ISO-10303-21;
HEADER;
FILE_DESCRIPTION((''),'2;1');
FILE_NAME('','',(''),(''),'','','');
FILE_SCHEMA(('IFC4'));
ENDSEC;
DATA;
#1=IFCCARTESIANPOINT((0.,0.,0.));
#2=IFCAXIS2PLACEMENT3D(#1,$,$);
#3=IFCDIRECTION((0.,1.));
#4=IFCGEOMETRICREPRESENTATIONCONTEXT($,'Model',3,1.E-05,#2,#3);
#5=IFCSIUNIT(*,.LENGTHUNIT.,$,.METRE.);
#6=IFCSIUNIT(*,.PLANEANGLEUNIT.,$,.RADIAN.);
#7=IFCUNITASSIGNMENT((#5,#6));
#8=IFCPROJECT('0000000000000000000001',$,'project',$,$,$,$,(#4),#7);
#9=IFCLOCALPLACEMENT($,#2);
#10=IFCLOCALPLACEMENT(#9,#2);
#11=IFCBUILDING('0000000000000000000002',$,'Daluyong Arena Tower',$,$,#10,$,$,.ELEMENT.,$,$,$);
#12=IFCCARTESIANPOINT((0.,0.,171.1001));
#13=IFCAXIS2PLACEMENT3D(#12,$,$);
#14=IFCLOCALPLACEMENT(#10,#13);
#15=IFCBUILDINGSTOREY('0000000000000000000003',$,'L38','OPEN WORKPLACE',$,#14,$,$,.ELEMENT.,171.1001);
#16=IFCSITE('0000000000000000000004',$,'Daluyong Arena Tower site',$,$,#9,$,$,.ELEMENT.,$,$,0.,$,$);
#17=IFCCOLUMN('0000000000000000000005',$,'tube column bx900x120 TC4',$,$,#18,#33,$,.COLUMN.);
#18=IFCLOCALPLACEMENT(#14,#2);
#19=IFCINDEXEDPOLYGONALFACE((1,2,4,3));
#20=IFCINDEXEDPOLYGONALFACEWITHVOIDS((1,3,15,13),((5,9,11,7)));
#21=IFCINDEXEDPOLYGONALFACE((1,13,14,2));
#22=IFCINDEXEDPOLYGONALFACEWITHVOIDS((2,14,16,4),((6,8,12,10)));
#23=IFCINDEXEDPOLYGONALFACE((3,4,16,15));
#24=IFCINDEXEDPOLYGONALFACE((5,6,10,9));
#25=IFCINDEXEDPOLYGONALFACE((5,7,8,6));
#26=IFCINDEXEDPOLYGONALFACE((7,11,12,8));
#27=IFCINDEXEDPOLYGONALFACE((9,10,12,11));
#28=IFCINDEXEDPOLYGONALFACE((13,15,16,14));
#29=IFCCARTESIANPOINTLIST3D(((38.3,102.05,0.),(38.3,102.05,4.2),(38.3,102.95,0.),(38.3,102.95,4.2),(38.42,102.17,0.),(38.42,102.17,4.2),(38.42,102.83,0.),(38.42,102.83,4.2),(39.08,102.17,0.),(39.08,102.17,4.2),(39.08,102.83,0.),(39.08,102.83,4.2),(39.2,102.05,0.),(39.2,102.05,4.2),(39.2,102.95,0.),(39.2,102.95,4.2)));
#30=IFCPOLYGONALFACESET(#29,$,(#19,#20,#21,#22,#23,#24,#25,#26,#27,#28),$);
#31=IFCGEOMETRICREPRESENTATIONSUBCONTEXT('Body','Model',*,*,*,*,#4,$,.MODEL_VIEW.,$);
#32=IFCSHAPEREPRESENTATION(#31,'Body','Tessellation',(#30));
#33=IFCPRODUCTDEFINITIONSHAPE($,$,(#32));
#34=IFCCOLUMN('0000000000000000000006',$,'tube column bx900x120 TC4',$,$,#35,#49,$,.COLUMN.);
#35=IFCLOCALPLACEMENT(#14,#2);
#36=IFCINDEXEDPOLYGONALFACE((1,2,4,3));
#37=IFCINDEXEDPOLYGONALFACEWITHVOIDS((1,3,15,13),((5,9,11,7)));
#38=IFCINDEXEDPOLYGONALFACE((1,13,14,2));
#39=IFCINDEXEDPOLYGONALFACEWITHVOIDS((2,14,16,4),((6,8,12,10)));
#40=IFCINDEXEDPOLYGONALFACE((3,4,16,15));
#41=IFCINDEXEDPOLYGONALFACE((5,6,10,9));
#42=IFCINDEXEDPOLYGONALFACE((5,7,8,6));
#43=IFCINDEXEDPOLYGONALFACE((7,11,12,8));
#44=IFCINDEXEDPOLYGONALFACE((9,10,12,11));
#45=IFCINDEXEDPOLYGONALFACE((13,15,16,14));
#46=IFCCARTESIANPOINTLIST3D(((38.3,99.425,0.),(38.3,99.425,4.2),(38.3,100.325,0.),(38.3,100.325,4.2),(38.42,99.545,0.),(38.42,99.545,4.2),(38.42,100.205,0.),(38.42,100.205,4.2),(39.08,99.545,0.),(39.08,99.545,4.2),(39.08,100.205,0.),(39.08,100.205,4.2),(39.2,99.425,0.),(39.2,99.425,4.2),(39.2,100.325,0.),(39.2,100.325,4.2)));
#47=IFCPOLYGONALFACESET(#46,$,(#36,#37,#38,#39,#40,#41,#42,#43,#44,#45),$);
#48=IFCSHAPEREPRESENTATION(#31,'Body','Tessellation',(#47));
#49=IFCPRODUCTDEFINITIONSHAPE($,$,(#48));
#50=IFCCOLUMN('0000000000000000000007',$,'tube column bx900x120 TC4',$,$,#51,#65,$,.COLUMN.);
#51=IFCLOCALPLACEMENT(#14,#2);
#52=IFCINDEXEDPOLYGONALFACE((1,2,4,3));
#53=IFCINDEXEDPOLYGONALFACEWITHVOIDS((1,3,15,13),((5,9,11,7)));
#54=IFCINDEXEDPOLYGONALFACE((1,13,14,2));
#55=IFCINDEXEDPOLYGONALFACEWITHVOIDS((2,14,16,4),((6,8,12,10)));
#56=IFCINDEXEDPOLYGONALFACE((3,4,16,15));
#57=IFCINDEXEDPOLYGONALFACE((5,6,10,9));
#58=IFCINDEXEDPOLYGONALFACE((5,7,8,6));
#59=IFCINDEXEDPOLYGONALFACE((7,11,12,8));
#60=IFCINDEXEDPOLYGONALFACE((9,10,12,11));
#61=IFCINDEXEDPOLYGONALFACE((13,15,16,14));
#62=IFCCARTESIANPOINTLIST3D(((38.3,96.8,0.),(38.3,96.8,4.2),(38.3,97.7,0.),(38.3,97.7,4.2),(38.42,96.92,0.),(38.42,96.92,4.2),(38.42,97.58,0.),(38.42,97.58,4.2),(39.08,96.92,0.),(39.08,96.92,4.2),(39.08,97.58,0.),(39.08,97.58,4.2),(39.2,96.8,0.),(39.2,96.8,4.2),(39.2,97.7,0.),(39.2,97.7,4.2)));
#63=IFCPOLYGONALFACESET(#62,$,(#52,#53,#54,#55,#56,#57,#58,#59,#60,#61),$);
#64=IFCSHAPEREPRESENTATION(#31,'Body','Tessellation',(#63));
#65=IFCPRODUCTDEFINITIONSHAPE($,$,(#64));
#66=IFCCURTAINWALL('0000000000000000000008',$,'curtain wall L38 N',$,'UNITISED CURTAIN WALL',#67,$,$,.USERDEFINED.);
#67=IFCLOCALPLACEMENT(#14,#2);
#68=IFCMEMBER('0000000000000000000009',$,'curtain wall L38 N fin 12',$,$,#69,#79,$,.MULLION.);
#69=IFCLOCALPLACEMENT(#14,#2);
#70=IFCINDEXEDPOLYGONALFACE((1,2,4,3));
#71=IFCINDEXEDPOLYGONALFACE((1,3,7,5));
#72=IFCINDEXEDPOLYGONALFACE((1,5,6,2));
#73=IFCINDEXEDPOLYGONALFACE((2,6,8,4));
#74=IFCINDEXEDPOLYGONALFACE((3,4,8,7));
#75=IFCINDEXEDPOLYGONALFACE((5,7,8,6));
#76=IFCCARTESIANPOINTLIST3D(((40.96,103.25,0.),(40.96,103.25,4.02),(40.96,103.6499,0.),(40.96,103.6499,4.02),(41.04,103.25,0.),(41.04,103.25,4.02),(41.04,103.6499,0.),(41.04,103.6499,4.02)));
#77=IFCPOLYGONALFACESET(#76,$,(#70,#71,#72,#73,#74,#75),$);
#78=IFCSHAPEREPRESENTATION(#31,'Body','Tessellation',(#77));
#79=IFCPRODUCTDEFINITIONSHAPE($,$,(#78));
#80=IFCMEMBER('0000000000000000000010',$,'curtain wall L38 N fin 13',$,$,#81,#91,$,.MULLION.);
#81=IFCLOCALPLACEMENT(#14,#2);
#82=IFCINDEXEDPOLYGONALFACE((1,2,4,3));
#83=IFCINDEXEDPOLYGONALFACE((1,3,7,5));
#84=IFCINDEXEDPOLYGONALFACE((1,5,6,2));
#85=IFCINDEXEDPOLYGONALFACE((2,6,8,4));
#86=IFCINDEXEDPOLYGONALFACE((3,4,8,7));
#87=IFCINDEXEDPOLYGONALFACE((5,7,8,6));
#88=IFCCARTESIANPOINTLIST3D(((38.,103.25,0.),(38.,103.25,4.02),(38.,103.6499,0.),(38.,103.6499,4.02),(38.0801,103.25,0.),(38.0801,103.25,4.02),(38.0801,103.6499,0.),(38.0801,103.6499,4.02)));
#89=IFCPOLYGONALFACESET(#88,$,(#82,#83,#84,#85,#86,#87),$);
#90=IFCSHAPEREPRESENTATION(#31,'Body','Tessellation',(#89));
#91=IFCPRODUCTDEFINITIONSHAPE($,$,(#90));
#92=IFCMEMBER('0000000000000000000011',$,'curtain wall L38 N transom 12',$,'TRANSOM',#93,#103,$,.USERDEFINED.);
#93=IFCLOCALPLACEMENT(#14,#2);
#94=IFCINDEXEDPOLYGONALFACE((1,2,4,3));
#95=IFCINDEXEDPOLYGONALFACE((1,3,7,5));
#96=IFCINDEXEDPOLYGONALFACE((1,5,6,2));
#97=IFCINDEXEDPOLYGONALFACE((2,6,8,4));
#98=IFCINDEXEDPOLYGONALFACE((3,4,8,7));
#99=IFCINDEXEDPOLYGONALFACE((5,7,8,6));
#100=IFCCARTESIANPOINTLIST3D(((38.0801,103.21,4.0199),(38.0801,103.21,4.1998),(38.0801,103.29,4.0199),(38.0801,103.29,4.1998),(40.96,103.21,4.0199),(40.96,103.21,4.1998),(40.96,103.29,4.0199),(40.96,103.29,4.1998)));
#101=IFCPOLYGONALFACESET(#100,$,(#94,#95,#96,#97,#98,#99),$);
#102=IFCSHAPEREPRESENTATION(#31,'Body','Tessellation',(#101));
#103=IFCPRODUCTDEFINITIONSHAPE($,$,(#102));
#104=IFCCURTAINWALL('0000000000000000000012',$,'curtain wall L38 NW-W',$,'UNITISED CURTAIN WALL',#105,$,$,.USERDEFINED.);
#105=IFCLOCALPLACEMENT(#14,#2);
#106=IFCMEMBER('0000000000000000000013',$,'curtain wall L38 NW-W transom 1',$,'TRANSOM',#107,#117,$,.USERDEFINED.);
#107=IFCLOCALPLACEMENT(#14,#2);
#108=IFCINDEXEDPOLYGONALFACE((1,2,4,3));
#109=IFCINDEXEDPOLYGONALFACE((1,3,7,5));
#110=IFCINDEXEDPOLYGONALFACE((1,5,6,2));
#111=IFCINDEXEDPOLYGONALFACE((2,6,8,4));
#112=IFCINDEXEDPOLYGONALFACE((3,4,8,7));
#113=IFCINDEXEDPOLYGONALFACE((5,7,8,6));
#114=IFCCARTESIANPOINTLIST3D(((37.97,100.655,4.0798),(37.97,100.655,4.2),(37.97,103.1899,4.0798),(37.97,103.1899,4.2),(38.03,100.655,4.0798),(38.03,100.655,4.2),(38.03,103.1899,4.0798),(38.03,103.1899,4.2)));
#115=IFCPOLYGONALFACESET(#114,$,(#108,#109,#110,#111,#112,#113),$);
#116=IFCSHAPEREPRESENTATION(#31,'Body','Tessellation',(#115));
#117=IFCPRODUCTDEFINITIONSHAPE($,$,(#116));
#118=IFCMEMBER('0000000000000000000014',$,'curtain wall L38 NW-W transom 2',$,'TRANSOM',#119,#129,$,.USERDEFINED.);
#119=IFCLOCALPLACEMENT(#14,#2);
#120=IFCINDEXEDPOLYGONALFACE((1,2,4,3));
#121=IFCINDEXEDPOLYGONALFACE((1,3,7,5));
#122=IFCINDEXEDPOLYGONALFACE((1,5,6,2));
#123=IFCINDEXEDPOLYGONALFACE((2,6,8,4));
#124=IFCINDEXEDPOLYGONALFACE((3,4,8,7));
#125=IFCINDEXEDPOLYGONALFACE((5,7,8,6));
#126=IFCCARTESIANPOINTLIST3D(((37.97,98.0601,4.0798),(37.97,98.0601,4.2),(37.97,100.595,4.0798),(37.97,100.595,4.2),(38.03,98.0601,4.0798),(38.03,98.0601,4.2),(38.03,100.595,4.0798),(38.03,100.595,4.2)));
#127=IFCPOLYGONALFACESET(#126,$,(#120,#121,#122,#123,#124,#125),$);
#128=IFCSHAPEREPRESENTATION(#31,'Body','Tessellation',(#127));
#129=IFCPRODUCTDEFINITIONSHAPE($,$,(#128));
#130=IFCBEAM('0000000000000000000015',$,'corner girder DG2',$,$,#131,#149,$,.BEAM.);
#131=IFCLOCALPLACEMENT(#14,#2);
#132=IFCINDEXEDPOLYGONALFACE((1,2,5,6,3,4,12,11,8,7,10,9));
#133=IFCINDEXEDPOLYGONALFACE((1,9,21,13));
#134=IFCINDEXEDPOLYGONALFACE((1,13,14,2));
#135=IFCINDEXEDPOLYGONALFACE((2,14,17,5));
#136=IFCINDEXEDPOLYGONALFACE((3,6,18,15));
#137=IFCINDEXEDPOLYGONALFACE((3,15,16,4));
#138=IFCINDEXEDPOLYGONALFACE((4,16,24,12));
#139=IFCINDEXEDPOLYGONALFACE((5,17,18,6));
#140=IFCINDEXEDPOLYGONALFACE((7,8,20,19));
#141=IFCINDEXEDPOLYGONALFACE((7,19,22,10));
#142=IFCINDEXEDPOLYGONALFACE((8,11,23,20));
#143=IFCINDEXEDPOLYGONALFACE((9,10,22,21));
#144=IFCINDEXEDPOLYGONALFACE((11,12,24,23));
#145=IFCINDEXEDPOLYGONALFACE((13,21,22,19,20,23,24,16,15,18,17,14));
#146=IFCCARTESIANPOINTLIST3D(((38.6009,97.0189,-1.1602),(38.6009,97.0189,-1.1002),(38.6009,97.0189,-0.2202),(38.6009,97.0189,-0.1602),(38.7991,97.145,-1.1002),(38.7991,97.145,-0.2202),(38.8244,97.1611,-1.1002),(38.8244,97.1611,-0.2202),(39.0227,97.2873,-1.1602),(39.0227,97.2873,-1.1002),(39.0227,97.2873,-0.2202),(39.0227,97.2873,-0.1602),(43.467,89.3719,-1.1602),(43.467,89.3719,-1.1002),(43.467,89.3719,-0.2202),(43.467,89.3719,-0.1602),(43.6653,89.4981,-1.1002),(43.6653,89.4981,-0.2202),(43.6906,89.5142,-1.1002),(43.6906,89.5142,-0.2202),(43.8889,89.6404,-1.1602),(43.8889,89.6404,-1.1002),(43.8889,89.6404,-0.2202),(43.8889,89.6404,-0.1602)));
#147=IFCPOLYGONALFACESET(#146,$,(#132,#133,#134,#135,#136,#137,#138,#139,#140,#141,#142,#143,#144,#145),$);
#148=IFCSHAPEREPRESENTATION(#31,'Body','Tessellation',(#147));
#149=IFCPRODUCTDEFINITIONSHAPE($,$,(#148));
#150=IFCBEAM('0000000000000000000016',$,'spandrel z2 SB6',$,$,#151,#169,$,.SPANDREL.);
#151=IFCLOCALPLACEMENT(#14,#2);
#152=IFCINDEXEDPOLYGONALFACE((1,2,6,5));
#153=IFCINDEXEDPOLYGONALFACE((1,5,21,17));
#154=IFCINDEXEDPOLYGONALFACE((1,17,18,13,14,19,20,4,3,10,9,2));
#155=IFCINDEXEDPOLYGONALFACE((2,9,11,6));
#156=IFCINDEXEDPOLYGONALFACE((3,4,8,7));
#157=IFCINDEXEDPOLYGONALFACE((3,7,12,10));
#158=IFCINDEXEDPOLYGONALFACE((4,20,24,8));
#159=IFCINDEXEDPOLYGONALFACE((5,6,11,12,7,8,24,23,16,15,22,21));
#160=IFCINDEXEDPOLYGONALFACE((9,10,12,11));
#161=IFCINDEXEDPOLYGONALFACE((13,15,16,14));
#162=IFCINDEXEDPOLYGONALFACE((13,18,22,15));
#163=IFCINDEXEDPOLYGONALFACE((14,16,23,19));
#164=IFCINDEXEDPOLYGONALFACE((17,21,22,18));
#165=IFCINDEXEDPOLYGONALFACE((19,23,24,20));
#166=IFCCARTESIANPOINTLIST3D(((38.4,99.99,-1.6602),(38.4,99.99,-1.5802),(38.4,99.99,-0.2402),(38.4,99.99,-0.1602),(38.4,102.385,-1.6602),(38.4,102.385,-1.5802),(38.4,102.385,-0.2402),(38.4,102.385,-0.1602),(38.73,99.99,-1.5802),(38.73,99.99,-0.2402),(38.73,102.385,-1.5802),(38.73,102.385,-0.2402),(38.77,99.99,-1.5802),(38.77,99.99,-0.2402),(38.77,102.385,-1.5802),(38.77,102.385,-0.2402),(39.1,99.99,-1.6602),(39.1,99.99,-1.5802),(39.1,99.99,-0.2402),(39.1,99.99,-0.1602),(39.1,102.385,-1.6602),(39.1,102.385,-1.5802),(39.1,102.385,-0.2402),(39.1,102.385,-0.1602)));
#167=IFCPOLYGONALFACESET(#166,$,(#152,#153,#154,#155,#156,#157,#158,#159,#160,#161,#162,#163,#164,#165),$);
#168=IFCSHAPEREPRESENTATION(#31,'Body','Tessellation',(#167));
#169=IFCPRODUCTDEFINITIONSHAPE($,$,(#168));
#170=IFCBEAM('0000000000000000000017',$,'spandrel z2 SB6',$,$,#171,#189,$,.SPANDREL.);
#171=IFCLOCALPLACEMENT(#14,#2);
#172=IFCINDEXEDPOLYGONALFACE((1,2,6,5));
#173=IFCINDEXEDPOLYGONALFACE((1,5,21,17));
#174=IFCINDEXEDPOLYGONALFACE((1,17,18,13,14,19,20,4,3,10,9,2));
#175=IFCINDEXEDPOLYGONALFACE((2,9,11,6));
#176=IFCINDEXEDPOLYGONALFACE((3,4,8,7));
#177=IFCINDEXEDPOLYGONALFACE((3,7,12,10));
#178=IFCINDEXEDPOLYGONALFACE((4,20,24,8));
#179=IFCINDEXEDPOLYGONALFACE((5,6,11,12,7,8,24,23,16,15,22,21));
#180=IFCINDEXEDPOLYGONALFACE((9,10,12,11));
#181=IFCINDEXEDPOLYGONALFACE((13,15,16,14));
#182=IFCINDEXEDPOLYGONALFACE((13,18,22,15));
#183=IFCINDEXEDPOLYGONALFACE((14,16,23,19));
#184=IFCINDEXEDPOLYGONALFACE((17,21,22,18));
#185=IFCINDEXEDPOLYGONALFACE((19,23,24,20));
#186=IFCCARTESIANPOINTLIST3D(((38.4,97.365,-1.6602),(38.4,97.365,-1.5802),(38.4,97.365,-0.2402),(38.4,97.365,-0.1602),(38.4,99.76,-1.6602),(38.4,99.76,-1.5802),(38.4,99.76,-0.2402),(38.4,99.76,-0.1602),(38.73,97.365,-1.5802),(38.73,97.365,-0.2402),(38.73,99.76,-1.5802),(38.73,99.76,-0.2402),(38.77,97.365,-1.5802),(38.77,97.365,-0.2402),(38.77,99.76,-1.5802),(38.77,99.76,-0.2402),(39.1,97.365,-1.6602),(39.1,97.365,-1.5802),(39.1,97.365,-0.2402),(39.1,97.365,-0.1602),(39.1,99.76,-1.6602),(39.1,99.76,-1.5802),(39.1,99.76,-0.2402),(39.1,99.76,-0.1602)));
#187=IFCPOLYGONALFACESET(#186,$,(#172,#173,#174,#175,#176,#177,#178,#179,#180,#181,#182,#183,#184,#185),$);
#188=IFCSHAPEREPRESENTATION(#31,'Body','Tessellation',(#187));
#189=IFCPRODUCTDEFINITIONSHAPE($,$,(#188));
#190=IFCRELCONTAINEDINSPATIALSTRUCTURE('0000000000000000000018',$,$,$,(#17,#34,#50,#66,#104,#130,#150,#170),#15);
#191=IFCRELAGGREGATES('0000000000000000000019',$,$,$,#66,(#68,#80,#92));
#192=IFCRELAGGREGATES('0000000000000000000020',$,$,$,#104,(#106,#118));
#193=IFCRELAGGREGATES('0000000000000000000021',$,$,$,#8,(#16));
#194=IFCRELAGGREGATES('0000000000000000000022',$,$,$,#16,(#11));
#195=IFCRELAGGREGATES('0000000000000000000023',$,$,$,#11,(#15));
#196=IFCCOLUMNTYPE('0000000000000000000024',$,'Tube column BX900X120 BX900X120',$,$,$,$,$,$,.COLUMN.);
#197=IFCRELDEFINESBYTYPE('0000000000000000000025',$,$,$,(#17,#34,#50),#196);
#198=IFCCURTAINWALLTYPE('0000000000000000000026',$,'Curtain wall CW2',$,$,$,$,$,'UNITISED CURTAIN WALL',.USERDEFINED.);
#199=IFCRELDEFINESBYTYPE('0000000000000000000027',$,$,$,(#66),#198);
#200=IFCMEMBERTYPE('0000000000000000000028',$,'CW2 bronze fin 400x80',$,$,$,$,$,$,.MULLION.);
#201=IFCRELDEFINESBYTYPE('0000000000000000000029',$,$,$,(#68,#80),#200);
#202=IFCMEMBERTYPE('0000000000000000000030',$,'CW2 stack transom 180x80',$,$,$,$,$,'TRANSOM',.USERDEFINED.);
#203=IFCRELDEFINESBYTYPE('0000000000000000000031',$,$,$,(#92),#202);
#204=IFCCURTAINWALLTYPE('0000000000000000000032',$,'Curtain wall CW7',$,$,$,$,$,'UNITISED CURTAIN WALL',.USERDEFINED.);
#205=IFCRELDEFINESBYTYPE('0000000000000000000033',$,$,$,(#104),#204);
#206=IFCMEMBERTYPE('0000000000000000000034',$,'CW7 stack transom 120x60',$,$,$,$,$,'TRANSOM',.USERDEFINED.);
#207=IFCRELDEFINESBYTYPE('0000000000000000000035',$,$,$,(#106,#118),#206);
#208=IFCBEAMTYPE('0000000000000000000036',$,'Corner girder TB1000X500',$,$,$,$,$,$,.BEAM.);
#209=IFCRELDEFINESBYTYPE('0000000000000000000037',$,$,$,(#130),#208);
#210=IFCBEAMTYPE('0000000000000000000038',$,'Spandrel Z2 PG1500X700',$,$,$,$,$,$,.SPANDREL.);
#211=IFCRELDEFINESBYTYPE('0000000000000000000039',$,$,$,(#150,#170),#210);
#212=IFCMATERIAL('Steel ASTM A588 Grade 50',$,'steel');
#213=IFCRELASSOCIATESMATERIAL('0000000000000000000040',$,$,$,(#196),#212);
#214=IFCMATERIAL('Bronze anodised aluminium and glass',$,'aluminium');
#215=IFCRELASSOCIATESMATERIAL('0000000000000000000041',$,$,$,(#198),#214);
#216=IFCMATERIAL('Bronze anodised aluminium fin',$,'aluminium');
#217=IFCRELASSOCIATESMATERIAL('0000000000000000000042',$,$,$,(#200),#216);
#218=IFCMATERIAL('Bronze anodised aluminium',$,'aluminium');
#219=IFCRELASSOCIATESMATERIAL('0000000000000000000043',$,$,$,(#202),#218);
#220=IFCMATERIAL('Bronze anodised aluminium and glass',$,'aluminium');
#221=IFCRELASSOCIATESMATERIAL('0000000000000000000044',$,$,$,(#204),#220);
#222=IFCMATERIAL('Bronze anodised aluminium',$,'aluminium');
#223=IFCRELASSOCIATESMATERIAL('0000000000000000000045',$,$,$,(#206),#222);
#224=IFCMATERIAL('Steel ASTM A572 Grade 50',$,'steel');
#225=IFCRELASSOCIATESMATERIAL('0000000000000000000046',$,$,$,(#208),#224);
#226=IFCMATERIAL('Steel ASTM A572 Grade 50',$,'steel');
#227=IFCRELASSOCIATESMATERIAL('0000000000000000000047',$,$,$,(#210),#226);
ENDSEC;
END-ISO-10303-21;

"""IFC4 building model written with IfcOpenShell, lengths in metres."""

from ifc_helpers import new_model, si_unit, direction, frame, origin, origin_2d, place, context, subcontext, project, spatial, rectangle, hollow_rectangle, i_section, extrude, material, material_profile, profile_set, type_object, element, aggregate, save


model = new_model("IFC4")

# Units and contexts
model_context = context("Model", 3, precision=1e-05, world=origin(), true_north=direction((0.0, 1.0)))
body_context = subcontext(model_context, "Body", "Model", "MODEL_VIEW")
ifc_project = project(units=[si_unit("LENGTHUNIT", "METRE"), si_unit("PLANEANGLEUNIT", "RADIAN")], contexts=[model_context])

# Site, building, storey
site_placement = place(None, origin())
site = spatial("IfcSite", under=ifc_project, at=site_placement, Name="Daluyong Arena Tower site", CompositionType="ELEMENT", RefElevation=0.0)
building_placement = place(site_placement, origin())
building = spatial("IfcBuilding", under=site, at=building_placement, Name="Daluyong Arena Tower", CompositionType="ELEMENT")
storey_placement = place(building_placement, frame((0.0, 0.0, 171.1001)))
storey = spatial("IfcBuildingStorey", under=building, at=storey_placement, Name="L38", Description="OPEN WORKPLACE", CompositionType="ELEMENT", Elevation=171.1001)

# Columns
ifc_material_1 = material(Name="Steel ASTM A588 Grade 50", Category="steel")
ifc_material_profile_1 = material_profile(ifc_material_1, hollow_rectangle(XDim=0.8999, YDim=0.8999, WallThickness=0.12, at=origin_2d()))
ifc_profile_set_1 = profile_set([ifc_material_profile_1], Name="Steel ASTM A588 Grade 50")
column_type = type_object("IfcColumnType", Name="Tube column BX900X120 BX900X120", PredefinedType="COLUMN", material=ifc_profile_set_1)
for number, where, z_axis, x_axis, name in (
    (1, (38.75, 102.5, 0.0), (0.0, 0.0, 1.0), (0.0, 1.0, 0.0), "tube column bx900x120 TC4"),
    (2, (38.75, 99.875, 0.0), (0.0, 0.0, 1.0), (0.0, 1.0, 0.0), "tube column bx900x120 TC4"),
    (3, (38.75, 97.25, 0.0), (0.0, 0.0, 1.0), (1.0, 0.0, 0.0), "tube column bx900x120 TC4"),
):
    element("IfcColumn", number, at=place(storey_placement, frame(where, z_axis=z_axis, x_axis=x_axis)), inside=storey, type_object=column_type, Name=name, PredefinedType="COLUMN", context=body_context, shape_type="SweptSolid", body=[
        extrude(hollow_rectangle(XDim=0.8999, YDim=0.8999, WallThickness=0.12, at=origin_2d()), origin(), (0.0, 0.0, 1.0), 4.2),
    ])

# Curtain walls, members
ifc_material_2 = material(Name="Bronze anodised aluminium and glass", Category="aluminium")
curtain_wall_type_1 = type_object("IfcCurtainWallType", Name="Curtain wall CW2", ElementType="UNITISED CURTAIN WALL", PredefinedType="USERDEFINED", material=ifc_material_2)
curtain_wall_1_placement = place(storey_placement, origin())
curtain_wall_1 = element("IfcCurtainWall", 4, at=curtain_wall_1_placement, inside=storey, type_object=curtain_wall_type_1, Name="curtain wall L38 N", ObjectType="UNITISED CURTAIN WALL", PredefinedType="USERDEFINED")
ifc_material_3 = material(Name="Bronze anodised aluminium fin", Category="aluminium")
ifc_material_profile_2 = material_profile(ifc_material_3, rectangle(XDim=0.3999, YDim=0.0801, at=origin_2d()))
ifc_profile_set_2 = profile_set([ifc_material_profile_2], Name="Bronze anodised aluminium fin")
member_type_1 = type_object("IfcMemberType", Name="CW2 bronze fin 400x80", PredefinedType="MULLION", material=ifc_profile_set_2)
member_1_placement = place(storey_placement, frame((41.0, 103.45, 0.0), z_axis=(0.0, 0.0, 1.0), x_axis=(0.0, -1.0, 0.0)))
member_1 = element("IfcMember", 5, at=member_1_placement, type_object=member_type_1, Name="curtain wall L38 N fin 12", PredefinedType="MULLION", context=body_context, shape_type="SweptSolid", body=[
    extrude(rectangle(XDim=0.3999, YDim=0.0801, at=origin_2d()), origin(), (0.0, 0.0, 1.0), 4.02),
])
member_2_placement = place(storey_placement, frame((38.04, 103.45, 0.0), z_axis=(0.0, 0.0, 1.0), x_axis=(0.0, -1.0, 0.0)))
member_2 = element("IfcMember", 6, at=member_2_placement, type_object=member_type_1, Name="curtain wall L38 N fin 13", PredefinedType="MULLION", context=body_context, shape_type="SweptSolid", body=[
    extrude(rectangle(XDim=0.3999, YDim=0.0801, at=origin_2d()), origin(), (0.0, 0.0, 1.0), 4.02),
])
ifc_material_4 = material(Name="Bronze anodised aluminium", Category="aluminium")
ifc_material_profile_3 = material_profile(ifc_material_4, rectangle(XDim=0.0801, YDim=0.1799, at=origin_2d()))
ifc_profile_set_3 = profile_set([ifc_material_profile_3], Name="Bronze anodised aluminium")
member_type_2 = type_object("IfcMemberType", Name="CW2 stack transom 180x80", ElementType="TRANSOM", PredefinedType="USERDEFINED", material=ifc_profile_set_3)
member_3_placement = place(storey_placement, frame((40.96, 103.25, 4.1099), z_axis=(-1.0, 0.0, 0.0), x_axis=(0.0, -1.0, 0.0)))
member_3 = element("IfcMember", 7, at=member_3_placement, type_object=member_type_2, Name="curtain wall L38 N transom 12", ObjectType="TRANSOM", PredefinedType="USERDEFINED", context=body_context, shape_type="SweptSolid", body=[
    extrude(rectangle(XDim=0.0801, YDim=0.1799, at=origin_2d()), origin(), (0.0, 0.0, 1.0), 2.8799),
])
ifc_material_5 = material(Name="Bronze anodised aluminium and glass", Category="aluminium")
curtain_wall_type_2 = type_object("IfcCurtainWallType", Name="Curtain wall CW7", ElementType="UNITISED CURTAIN WALL", PredefinedType="USERDEFINED", material=ifc_material_5)
curtain_wall_2_placement = place(storey_placement, origin())
curtain_wall_2 = element("IfcCurtainWall", 8, at=curtain_wall_2_placement, inside=storey, type_object=curtain_wall_type_2, Name="curtain wall L38 NW-W", ObjectType="UNITISED CURTAIN WALL", PredefinedType="USERDEFINED")
ifc_material_6 = material(Name="Bronze anodised aluminium", Category="aluminium")
ifc_material_profile_4 = material_profile(ifc_material_6, rectangle(XDim=0.0601, YDim=0.1201, at=origin_2d()))
ifc_profile_set_4 = profile_set([ifc_material_profile_4], Name="Bronze anodised aluminium")
member_type_3 = type_object("IfcMemberType", Name="CW7 stack transom 120x60", ElementType="TRANSOM", PredefinedType="USERDEFINED", material=ifc_profile_set_4)
member_4_placement = place(storey_placement, frame((38.0, 103.1899, 4.1399), z_axis=(0.0, -1.0, 0.0), x_axis=(1.0, 0.0, 0.0)))
member_4 = element("IfcMember", 9, at=member_4_placement, type_object=member_type_3, Name="curtain wall L38 NW-W transom 1", ObjectType="TRANSOM", PredefinedType="USERDEFINED", context=body_context, shape_type="SweptSolid", body=[
    extrude(rectangle(XDim=0.0601, YDim=0.1201, at=origin_2d()), origin(), (0.0, 0.0, 1.0), 2.5349),
])
member_5_placement = place(storey_placement, frame((38.0, 100.595, 4.1399), z_axis=(0.0, -1.0, 0.0), x_axis=(1.0, 0.0, 0.0)))
member_5 = element("IfcMember", 10, at=member_5_placement, type_object=member_type_3, Name="curtain wall L38 NW-W transom 2", ObjectType="TRANSOM", PredefinedType="USERDEFINED", context=body_context, shape_type="SweptSolid", body=[
    extrude(rectangle(XDim=0.0601, YDim=0.1201, at=origin_2d()), origin(), (0.0, 0.0, 1.0), 2.5349),
])

# Beams
ifc_material_7 = material(Name="Steel ASTM A572 Grade 50", Category="steel")
ifc_material_profile_5 = material_profile(ifc_material_7, i_section(OverallWidth=0.5, OverallDepth=1.0, WebThickness=0.03, FlangeThickness=0.06, at=origin_2d()))
ifc_profile_set_5 = profile_set([ifc_material_profile_5], Name="Steel ASTM A572 Grade 50")
beam_type_1 = type_object("IfcBeamType", Name="Corner girder TB1000X500", PredefinedType="BEAM", material=ifc_profile_set_5)
beam_placement = place(storey_placement, frame((38.8118, 97.1531, -0.6602), z_axis=(0.536872, -0.843664, 0.0), x_axis=(0.843664, 0.536872, 0.0)))
element("IfcBeam", 11, at=beam_placement, inside=storey, type_object=beam_type_1, Name="corner girder DG2", PredefinedType="BEAM", context=body_context, shape_type="SweptSolid", body=[
    extrude(i_section(OverallWidth=0.5, OverallDepth=1.0, WebThickness=0.03, FlangeThickness=0.06, at=origin_2d()), origin(), (0.0, 0.0, 1.0), 9.064),
])
ifc_material_8 = material(Name="Steel ASTM A572 Grade 50", Category="steel")
ifc_material_profile_6 = material_profile(ifc_material_8, i_section(OverallWidth=0.7, OverallDepth=1.5, WebThickness=0.04, FlangeThickness=0.08, at=origin_2d()))
ifc_profile_set_6 = profile_set([ifc_material_profile_6], Name="Steel ASTM A572 Grade 50")
beam_type_2 = type_object("IfcBeamType", Name="Spandrel Z2 PG1500X700", PredefinedType="SPANDREL", material=ifc_profile_set_6)
for number, where, z_axis, x_axis, name in (
    (12, (38.75, 102.385, -0.9102), (0.0, -1.0, 0.0), (1.0, 0.0, 0.0), "spandrel z2 SB6"),
    (13, (38.75, 99.76, -0.9102), (0.0, -1.0, 0.0), (1.0, 0.0, 0.0), "spandrel z2 SB6"),
):
    element("IfcBeam", number, at=place(storey_placement, frame(where, z_axis=z_axis, x_axis=x_axis)), inside=storey, type_object=beam_type_2, Name=name, PredefinedType="SPANDREL", context=body_context, shape_type="SweptSolid", body=[
        extrude(i_section(OverallWidth=0.7, OverallDepth=1.5, WebThickness=0.04, FlangeThickness=0.08, at=origin_2d()), origin(), (0.0, 0.0, 1.0), 2.395),
    ])

aggregate(curtain_wall_1, [member_1, member_2, member_3])
aggregate(curtain_wall_2, [member_4, member_5])

save(model, "model.ifc")
